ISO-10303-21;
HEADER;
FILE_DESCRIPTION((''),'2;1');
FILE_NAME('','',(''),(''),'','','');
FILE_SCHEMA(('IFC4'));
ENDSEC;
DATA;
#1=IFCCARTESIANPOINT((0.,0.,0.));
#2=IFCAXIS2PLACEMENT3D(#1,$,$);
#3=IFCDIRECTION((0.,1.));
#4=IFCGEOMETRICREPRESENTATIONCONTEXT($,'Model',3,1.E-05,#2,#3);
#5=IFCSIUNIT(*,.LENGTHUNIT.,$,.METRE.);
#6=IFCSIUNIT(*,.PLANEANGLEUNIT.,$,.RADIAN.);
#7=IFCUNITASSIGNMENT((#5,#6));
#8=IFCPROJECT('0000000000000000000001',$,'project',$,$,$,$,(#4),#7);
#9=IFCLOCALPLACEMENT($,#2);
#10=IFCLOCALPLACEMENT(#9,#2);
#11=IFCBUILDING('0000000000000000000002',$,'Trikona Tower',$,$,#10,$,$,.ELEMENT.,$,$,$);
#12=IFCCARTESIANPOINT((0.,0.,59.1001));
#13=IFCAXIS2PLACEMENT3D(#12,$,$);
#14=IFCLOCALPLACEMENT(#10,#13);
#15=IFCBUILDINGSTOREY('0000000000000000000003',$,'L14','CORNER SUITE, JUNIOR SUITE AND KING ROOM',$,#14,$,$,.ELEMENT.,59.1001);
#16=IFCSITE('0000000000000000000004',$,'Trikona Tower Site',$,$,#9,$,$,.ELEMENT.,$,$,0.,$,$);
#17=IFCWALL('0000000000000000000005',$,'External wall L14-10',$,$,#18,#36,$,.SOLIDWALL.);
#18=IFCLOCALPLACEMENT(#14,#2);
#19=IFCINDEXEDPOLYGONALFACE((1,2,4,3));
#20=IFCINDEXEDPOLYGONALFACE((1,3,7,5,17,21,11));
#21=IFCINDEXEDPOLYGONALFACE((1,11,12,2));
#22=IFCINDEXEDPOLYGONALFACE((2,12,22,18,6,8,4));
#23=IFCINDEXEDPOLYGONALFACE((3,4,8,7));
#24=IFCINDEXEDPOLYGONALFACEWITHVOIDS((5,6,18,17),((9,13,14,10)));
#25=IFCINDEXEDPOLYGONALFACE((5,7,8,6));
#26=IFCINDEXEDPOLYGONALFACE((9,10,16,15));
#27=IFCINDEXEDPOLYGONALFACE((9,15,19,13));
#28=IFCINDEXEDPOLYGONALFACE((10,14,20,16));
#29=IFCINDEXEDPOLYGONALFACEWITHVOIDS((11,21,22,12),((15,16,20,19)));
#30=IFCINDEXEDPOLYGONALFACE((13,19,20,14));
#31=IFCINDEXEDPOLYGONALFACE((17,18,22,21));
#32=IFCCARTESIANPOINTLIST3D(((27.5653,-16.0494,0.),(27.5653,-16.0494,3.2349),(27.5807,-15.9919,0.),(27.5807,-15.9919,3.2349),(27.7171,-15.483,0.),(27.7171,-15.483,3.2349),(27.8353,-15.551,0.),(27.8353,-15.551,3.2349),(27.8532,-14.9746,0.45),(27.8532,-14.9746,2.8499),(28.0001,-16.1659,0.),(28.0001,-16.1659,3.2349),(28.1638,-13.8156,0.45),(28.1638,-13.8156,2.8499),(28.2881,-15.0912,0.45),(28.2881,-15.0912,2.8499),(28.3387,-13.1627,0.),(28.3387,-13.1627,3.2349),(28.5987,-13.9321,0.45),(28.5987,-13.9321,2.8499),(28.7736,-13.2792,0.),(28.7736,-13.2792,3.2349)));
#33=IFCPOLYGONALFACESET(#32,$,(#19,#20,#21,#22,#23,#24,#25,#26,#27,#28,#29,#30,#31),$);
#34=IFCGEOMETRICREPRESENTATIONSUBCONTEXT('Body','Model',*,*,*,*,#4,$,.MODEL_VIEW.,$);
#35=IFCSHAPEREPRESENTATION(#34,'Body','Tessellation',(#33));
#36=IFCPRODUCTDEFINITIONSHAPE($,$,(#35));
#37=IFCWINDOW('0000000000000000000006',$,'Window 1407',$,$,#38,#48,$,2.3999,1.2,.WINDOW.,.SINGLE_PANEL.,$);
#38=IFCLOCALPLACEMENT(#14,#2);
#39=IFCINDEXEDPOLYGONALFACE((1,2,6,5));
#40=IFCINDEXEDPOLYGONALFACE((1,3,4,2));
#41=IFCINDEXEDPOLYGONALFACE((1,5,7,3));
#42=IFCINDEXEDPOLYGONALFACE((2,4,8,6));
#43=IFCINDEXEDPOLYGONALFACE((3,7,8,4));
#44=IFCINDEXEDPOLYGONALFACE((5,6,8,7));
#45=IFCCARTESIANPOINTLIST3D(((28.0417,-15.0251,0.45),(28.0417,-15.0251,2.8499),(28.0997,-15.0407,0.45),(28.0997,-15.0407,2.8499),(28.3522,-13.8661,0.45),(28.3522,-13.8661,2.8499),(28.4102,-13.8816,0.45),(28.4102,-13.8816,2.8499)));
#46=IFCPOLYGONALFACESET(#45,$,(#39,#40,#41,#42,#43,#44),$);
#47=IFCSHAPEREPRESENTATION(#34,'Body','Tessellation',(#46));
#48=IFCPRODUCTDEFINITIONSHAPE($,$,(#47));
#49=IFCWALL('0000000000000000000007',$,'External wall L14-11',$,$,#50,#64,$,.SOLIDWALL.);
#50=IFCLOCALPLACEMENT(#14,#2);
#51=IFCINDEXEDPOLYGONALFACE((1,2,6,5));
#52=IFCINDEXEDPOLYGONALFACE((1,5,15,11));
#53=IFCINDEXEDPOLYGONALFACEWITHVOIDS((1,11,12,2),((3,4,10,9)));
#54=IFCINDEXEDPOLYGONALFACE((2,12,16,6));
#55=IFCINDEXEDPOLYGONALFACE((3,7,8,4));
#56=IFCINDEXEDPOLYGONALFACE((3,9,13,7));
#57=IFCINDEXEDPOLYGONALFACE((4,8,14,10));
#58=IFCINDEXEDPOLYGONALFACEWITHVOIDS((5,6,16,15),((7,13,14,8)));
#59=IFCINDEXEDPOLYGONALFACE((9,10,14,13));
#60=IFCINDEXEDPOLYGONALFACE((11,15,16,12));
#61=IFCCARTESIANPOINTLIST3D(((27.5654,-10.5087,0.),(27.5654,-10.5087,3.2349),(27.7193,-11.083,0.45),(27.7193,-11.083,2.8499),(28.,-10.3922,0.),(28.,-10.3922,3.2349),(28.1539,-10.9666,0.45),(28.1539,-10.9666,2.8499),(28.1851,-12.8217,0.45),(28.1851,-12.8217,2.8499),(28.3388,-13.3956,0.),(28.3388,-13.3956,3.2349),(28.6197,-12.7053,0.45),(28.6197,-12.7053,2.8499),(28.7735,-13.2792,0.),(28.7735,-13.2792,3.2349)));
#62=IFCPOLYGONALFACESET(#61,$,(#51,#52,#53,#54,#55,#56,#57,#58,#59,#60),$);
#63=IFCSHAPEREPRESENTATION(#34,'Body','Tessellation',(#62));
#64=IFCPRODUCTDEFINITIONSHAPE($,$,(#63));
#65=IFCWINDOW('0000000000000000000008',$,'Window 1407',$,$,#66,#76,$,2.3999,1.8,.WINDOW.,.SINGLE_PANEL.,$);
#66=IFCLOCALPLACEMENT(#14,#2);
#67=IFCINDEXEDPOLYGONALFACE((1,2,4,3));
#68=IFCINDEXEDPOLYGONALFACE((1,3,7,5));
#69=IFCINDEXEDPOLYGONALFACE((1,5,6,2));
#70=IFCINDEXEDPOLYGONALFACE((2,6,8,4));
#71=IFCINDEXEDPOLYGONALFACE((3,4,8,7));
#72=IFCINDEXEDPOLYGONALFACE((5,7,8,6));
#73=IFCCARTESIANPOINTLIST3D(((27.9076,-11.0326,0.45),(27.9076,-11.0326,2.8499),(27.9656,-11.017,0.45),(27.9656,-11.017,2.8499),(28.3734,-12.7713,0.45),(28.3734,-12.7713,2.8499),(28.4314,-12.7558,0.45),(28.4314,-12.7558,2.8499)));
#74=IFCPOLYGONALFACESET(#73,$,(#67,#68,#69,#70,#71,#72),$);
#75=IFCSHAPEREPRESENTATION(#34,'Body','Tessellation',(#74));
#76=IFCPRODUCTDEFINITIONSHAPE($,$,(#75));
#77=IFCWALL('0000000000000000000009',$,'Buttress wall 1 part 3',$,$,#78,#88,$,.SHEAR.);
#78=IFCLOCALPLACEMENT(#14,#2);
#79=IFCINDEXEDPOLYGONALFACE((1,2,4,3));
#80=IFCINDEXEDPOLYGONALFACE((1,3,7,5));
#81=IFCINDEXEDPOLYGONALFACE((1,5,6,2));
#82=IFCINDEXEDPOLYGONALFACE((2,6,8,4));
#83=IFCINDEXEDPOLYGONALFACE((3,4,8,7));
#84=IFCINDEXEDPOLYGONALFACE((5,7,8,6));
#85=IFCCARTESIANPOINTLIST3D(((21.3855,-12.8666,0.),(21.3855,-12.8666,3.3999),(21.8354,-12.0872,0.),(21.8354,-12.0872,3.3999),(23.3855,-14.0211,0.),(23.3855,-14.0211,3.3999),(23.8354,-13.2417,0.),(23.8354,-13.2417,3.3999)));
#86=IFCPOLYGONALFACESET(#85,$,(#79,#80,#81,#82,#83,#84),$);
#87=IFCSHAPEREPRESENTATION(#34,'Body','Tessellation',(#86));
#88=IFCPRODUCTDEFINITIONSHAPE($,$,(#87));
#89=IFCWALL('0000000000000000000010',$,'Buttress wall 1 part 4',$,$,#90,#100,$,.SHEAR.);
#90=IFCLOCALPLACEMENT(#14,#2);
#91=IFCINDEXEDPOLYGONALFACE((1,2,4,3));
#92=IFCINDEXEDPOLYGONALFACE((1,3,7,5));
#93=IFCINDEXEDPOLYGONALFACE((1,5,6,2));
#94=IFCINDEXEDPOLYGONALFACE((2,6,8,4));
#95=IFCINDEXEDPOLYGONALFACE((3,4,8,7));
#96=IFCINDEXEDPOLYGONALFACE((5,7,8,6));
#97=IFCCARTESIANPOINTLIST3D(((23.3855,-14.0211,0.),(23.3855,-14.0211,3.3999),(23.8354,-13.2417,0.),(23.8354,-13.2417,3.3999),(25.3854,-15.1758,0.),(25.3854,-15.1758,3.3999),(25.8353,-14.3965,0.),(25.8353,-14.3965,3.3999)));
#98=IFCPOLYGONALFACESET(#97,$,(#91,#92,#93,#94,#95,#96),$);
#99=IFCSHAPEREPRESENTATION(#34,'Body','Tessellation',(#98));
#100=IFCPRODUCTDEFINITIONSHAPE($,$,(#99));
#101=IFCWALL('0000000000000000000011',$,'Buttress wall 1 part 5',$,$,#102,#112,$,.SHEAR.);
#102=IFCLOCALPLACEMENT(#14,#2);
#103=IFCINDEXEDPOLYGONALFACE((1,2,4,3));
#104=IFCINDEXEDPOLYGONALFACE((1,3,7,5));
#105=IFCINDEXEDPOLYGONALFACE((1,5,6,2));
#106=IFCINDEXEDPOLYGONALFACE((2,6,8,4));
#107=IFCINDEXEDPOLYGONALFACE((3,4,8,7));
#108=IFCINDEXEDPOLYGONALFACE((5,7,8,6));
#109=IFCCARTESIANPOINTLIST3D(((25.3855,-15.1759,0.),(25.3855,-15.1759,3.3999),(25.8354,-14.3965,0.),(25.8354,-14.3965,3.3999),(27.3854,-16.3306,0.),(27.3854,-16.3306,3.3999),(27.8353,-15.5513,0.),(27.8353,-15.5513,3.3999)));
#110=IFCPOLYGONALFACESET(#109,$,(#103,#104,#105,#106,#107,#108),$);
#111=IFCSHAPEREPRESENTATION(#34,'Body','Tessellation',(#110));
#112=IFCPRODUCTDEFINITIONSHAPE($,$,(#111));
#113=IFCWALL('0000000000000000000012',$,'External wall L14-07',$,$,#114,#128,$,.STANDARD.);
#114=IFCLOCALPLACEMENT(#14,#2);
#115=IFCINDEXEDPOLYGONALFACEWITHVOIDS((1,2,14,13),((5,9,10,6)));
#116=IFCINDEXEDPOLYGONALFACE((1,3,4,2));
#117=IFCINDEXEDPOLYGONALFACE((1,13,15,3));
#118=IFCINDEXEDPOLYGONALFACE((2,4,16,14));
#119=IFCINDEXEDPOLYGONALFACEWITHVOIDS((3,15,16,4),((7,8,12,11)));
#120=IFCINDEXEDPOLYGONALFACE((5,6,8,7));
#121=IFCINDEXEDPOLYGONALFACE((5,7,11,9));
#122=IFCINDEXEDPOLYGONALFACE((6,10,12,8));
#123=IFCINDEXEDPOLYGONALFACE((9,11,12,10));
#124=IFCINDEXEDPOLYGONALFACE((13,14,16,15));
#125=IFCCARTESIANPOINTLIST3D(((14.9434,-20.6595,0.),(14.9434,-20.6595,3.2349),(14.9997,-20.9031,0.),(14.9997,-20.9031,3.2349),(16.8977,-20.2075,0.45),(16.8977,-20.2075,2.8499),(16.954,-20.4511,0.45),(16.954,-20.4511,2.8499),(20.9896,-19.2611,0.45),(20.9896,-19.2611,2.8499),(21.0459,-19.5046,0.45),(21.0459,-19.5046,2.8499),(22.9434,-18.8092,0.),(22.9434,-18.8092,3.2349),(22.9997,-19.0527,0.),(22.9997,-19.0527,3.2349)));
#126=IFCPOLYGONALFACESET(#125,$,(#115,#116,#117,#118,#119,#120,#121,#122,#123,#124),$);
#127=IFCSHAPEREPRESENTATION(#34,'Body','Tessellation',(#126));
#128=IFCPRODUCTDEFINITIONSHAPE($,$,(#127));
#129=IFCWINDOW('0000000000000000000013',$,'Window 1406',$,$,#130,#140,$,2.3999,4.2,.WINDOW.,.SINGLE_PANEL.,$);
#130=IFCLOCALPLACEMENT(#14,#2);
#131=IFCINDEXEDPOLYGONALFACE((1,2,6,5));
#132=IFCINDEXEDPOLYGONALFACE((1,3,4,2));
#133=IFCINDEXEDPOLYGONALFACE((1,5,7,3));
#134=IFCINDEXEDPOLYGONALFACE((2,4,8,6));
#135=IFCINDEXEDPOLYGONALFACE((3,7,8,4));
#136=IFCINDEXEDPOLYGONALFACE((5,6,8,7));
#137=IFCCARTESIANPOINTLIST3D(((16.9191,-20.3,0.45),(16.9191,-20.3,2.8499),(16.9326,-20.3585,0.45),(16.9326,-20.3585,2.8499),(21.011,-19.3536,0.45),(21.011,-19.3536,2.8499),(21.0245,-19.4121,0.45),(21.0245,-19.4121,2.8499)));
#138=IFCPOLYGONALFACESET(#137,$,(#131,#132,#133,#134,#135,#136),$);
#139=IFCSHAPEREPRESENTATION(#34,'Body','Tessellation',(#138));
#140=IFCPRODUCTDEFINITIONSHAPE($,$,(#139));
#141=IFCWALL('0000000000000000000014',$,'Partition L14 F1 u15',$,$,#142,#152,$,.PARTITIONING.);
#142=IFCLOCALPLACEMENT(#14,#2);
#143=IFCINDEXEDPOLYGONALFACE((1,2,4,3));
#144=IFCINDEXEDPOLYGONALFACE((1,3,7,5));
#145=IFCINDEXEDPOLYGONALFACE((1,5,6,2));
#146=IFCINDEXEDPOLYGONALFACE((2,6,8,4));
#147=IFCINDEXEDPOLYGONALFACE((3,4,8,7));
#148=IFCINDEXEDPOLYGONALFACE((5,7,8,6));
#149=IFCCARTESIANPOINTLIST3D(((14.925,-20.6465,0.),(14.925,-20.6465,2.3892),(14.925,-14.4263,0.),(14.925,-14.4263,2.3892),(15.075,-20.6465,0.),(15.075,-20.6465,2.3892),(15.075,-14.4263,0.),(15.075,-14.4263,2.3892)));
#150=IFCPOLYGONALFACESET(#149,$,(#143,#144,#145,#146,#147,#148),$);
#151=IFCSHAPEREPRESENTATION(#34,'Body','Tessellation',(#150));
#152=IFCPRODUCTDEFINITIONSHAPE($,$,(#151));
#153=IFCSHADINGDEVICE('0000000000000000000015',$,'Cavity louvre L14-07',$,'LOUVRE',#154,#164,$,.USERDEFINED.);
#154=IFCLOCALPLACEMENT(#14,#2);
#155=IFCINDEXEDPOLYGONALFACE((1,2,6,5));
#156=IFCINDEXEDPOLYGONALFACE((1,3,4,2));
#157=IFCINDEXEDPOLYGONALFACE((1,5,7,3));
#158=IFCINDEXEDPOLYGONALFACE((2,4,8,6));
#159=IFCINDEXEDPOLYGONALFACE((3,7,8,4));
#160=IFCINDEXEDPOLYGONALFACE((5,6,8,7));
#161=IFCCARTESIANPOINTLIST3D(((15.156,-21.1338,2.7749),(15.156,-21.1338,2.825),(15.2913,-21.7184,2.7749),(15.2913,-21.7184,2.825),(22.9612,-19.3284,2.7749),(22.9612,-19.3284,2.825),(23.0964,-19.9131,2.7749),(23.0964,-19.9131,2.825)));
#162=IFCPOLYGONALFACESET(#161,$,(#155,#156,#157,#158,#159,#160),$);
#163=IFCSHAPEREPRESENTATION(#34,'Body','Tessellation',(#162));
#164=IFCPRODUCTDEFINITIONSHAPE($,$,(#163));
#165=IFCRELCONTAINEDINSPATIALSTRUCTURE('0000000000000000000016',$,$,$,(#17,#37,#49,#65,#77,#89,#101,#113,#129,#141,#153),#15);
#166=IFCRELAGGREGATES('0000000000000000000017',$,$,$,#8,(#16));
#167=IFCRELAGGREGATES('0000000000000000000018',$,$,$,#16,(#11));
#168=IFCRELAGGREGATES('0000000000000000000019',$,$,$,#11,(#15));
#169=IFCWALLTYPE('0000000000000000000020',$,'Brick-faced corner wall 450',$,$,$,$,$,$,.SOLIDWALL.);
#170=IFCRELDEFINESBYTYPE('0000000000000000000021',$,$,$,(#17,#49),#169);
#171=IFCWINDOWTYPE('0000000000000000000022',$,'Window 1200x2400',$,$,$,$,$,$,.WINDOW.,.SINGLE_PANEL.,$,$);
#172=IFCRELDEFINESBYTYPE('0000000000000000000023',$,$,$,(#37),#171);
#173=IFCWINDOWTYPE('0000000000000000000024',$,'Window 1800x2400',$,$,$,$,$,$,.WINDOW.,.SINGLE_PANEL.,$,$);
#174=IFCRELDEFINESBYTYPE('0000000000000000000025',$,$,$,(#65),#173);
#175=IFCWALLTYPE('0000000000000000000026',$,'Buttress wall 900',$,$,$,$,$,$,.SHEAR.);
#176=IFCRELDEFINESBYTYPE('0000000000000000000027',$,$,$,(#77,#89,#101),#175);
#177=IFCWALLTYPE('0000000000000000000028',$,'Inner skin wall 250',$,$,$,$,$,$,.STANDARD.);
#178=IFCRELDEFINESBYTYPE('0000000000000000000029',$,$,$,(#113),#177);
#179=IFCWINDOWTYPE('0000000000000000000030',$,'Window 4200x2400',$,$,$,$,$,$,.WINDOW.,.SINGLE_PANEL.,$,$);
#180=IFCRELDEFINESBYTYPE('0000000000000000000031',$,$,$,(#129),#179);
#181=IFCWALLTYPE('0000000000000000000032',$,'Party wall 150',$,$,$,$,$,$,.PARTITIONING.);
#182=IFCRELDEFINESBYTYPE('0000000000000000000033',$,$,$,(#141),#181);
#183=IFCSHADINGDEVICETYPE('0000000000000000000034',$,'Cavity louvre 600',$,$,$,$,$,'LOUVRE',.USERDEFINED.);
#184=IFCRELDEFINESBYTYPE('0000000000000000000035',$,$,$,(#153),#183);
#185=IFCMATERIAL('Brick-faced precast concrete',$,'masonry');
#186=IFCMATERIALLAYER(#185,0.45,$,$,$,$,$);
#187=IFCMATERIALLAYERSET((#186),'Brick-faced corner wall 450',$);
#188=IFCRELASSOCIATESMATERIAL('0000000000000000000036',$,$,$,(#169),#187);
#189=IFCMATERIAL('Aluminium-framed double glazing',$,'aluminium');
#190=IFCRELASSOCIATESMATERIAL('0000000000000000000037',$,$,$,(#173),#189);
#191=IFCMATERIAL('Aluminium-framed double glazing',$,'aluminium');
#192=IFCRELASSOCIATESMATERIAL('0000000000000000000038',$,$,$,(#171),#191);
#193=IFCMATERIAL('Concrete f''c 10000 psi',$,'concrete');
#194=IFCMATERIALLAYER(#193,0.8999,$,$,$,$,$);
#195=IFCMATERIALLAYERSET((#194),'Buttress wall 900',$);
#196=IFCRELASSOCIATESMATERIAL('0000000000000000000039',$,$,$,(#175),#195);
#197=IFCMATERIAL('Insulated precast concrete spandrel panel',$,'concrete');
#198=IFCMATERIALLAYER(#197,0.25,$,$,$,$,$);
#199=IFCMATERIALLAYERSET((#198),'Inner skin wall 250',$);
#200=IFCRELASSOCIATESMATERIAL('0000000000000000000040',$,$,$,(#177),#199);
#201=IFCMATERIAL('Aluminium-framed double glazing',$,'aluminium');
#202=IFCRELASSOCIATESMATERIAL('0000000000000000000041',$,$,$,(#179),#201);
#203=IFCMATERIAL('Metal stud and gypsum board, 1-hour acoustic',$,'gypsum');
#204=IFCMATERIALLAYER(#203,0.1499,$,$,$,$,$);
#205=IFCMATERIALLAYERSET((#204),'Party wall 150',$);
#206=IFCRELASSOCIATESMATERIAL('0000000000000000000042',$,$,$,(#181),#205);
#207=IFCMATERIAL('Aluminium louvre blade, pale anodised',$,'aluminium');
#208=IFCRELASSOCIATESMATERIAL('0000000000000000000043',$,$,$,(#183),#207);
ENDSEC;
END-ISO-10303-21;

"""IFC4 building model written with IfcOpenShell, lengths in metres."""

from ifc_helpers import new_model, si_unit, direction, frame, frame_2d, origin, origin_2d, place, context, subcontext, project, spatial, polyline, rectangle, outline, extrude, material, layer, layer_set, type_object, element, fill, save


model = new_model("IFC4")

# Units and contexts
model_context = context("Model", 3, precision=1e-05, world=origin(), true_north=direction((0.0, 1.0)))
body_context = subcontext(model_context, "Body", "Model", "MODEL_VIEW")
ifc_project = project(units=[si_unit("LENGTHUNIT", "METRE"), si_unit("PLANEANGLEUNIT", "RADIAN")], contexts=[model_context])

# Site, building, storey
site_placement = place(None, origin())
site = spatial("IfcSite", under=ifc_project, at=site_placement, Name="Trikona Tower Site", CompositionType="ELEMENT", RefElevation=0.0)
building_placement = place(site_placement, origin())
building = spatial("IfcBuilding", under=site, at=building_placement, Name="Trikona Tower", CompositionType="ELEMENT")
storey_placement = place(building_placement, frame((0.0, 0.0, 59.1001)))
storey = spatial("IfcBuildingStorey", under=building, at=storey_placement, Name="L14", Description="CORNER SUITE, JUNIOR SUITE AND KING ROOM", CompositionType="ELEMENT", Elevation=59.1001)

# Walls, openings, windows
ifc_material_1 = material(Name="Brick-faced precast concrete", Category="masonry")
ifc_layer_1 = layer(ifc_material_1, 0.45)
ifc_layer_set_1 = layer_set([ifc_layer_1], Name="Brick-faced corner wall 450")
wall_type_1 = type_object("IfcWallType", Name="Brick-faced corner wall 450", PredefinedType="SOLIDWALL", material=ifc_layer_set_1)
ifc_material_2 = material(Name="Aluminium-framed double glazing", Category="aluminium")
window_type_1 = type_object("IfcWindowType", Name="Window 1800x2400", PartitioningType="SINGLE_PANEL", PredefinedType="WINDOW", material=ifc_material_2)
ifc_material_3 = material(Name="Aluminium-framed double glazing", Category="aluminium")
window_type_2 = type_object("IfcWindowType", Name="Window 1200x2400", PartitioningType="SINGLE_PANEL", PredefinedType="WINDOW", material=ifc_material_3)
wall_1_placement = place(storey_placement, frame((27.7827, -16.1077, 0.0), z_axis=(0.0, 0.0, 1.0), x_axis=(0.258801, 0.965931, 0.0)))
wall_1 = element("IfcWall", 1, at=wall_1_placement, inside=storey, type_object=wall_type_1, Name="External wall L14-10", PredefinedType="SOLIDWALL", context=body_context, shape_type="SweptSolid", body=[
    extrude(outline(polyline([(2.9885, 0.2251), (0.5864, 0.2251), (0.5513, 0.0933), (0.0596, 0.2251), (0.0, 0.2251), (0.0, -0.2251), (2.9885, -0.2251), (2.9885, 0.2251)])), origin(), (0.0, 0.0, 1.0), 3.2349),
])
opening_1_placement = place(wall_1_placement, frame((1.1125, 0.0, 0.45)))
opening_1 = element("IfcOpeningElement", 2, at=opening_1_placement, cuts=wall_1, PredefinedType="OPENING", context=body_context, shape_type="SweptSolid", body=[
    extrude(rectangle(XDim=1.2, YDim=2.3999, at=frame_2d((0.6001, 1.2))), frame((0.0, 0.2349, 0.0), z_axis=(0.0, -1.0, 0.0), x_axis=(1.0, 0.0, 0.0)), (0.0, 0.0, 1.0), 0.47),
])
window_1_placement = place(opening_1_placement, origin())
window_1 = element("IfcWindow", 3, at=window_1_placement, inside=storey, type_object=window_type_2, Name="Window 1407", OverallHeight=2.3999, OverallWidth=1.2, PartitioningType="SINGLE_PANEL", PredefinedType="WINDOW", context=body_context, shape_type="SweptSolid", body=[
    extrude(rectangle(XDim=1.2, YDim=2.3999, at=frame_2d((0.6001, 1.2))), frame((0.0, 0.03, 0.0), z_axis=(0.0, -1.0, 0.0), x_axis=(1.0, 0.0, 0.0)), (0.0, 0.0, 1.0), 0.0601),
])
fill(opening_1, window_1)
wall_2_placement = place(storey_placement, frame((28.5562, -13.3374, 0.0), z_axis=(0.0, 0.0, 1.0), x_axis=(-0.258781, 0.965936, 0.0)))
wall_2 = element("IfcWall", 4, at=wall_2_placement, inside=storey, type_object=wall_type_1, Name="External wall L14-11", PredefinedType="SOLIDWALL", context=body_context, shape_type="SweptSolid", body=[
    extrude(rectangle(XDim=2.9888, YDim=0.45, at=frame_2d((1.4944, 0.0))), origin(), (0.0, 0.0, 1.0), 3.2349),
])
opening_2_placement = place(wall_2_placement, frame((0.5942, 0.0, 0.45)))
opening_2 = element("IfcOpeningElement", 5, at=opening_2_placement, cuts=wall_2, PredefinedType="OPENING", context=body_context, shape_type="SweptSolid", body=[
    extrude(rectangle(XDim=1.8, YDim=2.3999, at=frame_2d((0.8999, 1.2))), frame((0.0, 0.2349, 0.0), z_axis=(0.0, -1.0, 0.0), x_axis=(1.0, 0.0, 0.0)), (0.0, 0.0, 1.0), 0.47),
])
window_2_placement = place(opening_2_placement, origin())
window_2 = element("IfcWindow", 6, at=window_2_placement, inside=storey, type_object=window_type_1, Name="Window 1407", OverallHeight=2.3999, OverallWidth=1.8, PartitioningType="SINGLE_PANEL", PredefinedType="WINDOW", context=body_context, shape_type="SweptSolid", body=[
    extrude(rectangle(XDim=1.8, YDim=2.3999, at=frame_2d((0.8999, 1.2))), frame((0.0, 0.03, 0.0), z_axis=(0.0, -1.0, 0.0), x_axis=(1.0, 0.0, 0.0)), (0.0, 0.0, 1.0), 0.0601),
])
fill(opening_2, window_2)

# Walls
ifc_material_4 = material(Name="Concrete f'c 10000 psi", Category="concrete")
ifc_layer_2 = layer(ifc_material_4, 0.8999)
ifc_layer_set_2 = layer_set([ifc_layer_2], Name="Buttress wall 900")
wall_type_2 = type_object("IfcWallType", Name="Buttress wall 900", PredefinedType="SHEAR", material=ifc_layer_set_2)
for number, where, z_axis, x_axis, name in (
    (7, (21.6104, -12.4768, 0.0), (0.0, 0.0, 1.0), (0.866055, -0.499948, 0.0), "Buttress wall 1 part 3"),
    (8, (23.6104, -13.6313, 0.0), (0.0, 0.0, 1.0), (0.86601, -0.500027, 0.0), "Buttress wall 1 part 4"),
    (9, (25.6104, -14.7861, 0.0), (0.0, 0.0, 1.0), (0.86601, -0.500027, 0.0), "Buttress wall 1 part 5"),
):
    element("IfcWall", number, at=place(storey_placement, frame(where, z_axis=z_axis, x_axis=x_axis)), inside=storey, type_object=wall_type_2, Name=name, PredefinedType="SHEAR", context=body_context, shape_type="SweptSolid", body=[
        extrude(rectangle(XDim=2.3093, YDim=0.8999, at=frame_2d((1.1548, 0.0))), origin(), (0.0, 0.0, 1.0), 3.3999),
    ])

# Wall, opening, window
ifc_material_5 = material(Name="Insulated precast concrete spandrel panel", Category="concrete")
ifc_layer_3 = layer(ifc_material_5, 0.25)
ifc_layer_set_3 = layer_set([ifc_layer_3], Name="Inner skin wall 250")
wall_type_3 = type_object("IfcWallType", Name="Inner skin wall 250", PredefinedType="STANDARD", material=ifc_layer_set_3)
wall_3_placement = place(storey_placement, frame((14.9717, -20.7812, 0.0), z_axis=(0.0, 0.0, 1.0), x_axis=(0.974279, 0.225344, 0.0)))
wall_3 = element("IfcWall", 10, at=wall_3_placement, inside=storey, type_object=wall_type_3, Name="External wall L14-07", PredefinedType="STANDARD", context=body_context, shape_type="SweptSolid", body=[
    extrude(rectangle(XDim=8.2112, YDim=0.25, at=frame_2d((4.1055, 0.0))), origin(), (0.0, 0.0, 1.0), 3.2349),
])
opening_3_placement = place(wall_3_placement, frame((2.0056, 0.0, 0.45)))
opening_3 = element("IfcOpeningElement", 11, at=opening_3_placement, cuts=wall_3, PredefinedType="OPENING", context=body_context, shape_type="SweptSolid", body=[
    extrude(rectangle(XDim=4.2, YDim=2.3999, at=frame_2d((2.1001, 1.2))), frame((0.0, 0.135, 0.0), z_axis=(0.0, -1.0, 0.0), x_axis=(1.0, 0.0, 0.0)), (0.0, 0.0, 1.0), 0.27),
])
ifc_material_6 = material(Name="Aluminium-framed double glazing", Category="aluminium")
window_type_3 = type_object("IfcWindowType", Name="Window 4200x2400", PartitioningType="SINGLE_PANEL", PredefinedType="WINDOW", material=ifc_material_6)
window_3_placement = place(opening_3_placement, origin())
window_3 = element("IfcWindow", 12, at=window_3_placement, inside=storey, type_object=window_type_3, Name="Window 1406", OverallHeight=2.3999, OverallWidth=4.2, PartitioningType="SINGLE_PANEL", PredefinedType="WINDOW", context=body_context, shape_type="SweptSolid", body=[
    extrude(rectangle(XDim=4.2, YDim=2.3999, at=frame_2d((2.1001, 1.2))), frame((0.0, 0.03, 0.0), z_axis=(0.0, -1.0, 0.0), x_axis=(1.0, 0.0, 0.0)), (0.0, 0.0, 1.0), 0.0601),
])
fill(opening_3, window_3)

# Wall
ifc_material_7 = material(Name="Metal stud and gypsum board, 1-hour acoustic", Category="gypsum")
ifc_layer_4 = layer(ifc_material_7, 0.1499)
ifc_layer_set_4 = layer_set([ifc_layer_4], Name="Party wall 150")
wall_type_4 = type_object("IfcWallType", Name="Party wall 150", PredefinedType="PARTITIONING", material=ifc_layer_set_4)
wall_4_placement = place(storey_placement, frame((15.0, -14.4263, 0.0), z_axis=(0.0, 0.0, 1.0), x_axis=(0.0, -1.0, 0.0)))
element("IfcWall", 13, at=wall_4_placement, inside=storey, type_object=wall_type_4, Name="Partition L14 F1 u15", PredefinedType="PARTITIONING", context=body_context, shape_type="SweptSolid", body=[
    extrude(rectangle(XDim=6.2202, YDim=0.1499, at=frame_2d((3.1101, 0.0))), origin(), (0.0, 0.0, 1.0), 2.3892),
])

# Shading device
ifc_material_8 = material(Name="Aluminium louvre blade, pale anodised", Category="aluminium")
shading_device_type = type_object("IfcShadingDeviceType", Name="Cavity louvre 600", ElementType="LOUVRE", PredefinedType="USERDEFINED", material=ifc_material_8)
shading_device_placement = place(storey_placement, frame((19.1262, -20.5234, 2.7749), z_axis=(0.0, 0.0, 1.0), x_axis=(0.974278, 0.225351, 0.0)))
element("IfcShadingDevice", 14, at=shading_device_placement, inside=storey, type_object=shading_device_type, Name="Cavity louvre L14-07", ObjectType="LOUVRE", PredefinedType="USERDEFINED", context=body_context, shape_type="SweptSolid", body=[
    extrude(rectangle(XDim=8.0112, YDim=0.6001, at=origin_2d()), origin(), (0.0, 0.0, 1.0), 0.05),
])

save(model, "model.ifc")
